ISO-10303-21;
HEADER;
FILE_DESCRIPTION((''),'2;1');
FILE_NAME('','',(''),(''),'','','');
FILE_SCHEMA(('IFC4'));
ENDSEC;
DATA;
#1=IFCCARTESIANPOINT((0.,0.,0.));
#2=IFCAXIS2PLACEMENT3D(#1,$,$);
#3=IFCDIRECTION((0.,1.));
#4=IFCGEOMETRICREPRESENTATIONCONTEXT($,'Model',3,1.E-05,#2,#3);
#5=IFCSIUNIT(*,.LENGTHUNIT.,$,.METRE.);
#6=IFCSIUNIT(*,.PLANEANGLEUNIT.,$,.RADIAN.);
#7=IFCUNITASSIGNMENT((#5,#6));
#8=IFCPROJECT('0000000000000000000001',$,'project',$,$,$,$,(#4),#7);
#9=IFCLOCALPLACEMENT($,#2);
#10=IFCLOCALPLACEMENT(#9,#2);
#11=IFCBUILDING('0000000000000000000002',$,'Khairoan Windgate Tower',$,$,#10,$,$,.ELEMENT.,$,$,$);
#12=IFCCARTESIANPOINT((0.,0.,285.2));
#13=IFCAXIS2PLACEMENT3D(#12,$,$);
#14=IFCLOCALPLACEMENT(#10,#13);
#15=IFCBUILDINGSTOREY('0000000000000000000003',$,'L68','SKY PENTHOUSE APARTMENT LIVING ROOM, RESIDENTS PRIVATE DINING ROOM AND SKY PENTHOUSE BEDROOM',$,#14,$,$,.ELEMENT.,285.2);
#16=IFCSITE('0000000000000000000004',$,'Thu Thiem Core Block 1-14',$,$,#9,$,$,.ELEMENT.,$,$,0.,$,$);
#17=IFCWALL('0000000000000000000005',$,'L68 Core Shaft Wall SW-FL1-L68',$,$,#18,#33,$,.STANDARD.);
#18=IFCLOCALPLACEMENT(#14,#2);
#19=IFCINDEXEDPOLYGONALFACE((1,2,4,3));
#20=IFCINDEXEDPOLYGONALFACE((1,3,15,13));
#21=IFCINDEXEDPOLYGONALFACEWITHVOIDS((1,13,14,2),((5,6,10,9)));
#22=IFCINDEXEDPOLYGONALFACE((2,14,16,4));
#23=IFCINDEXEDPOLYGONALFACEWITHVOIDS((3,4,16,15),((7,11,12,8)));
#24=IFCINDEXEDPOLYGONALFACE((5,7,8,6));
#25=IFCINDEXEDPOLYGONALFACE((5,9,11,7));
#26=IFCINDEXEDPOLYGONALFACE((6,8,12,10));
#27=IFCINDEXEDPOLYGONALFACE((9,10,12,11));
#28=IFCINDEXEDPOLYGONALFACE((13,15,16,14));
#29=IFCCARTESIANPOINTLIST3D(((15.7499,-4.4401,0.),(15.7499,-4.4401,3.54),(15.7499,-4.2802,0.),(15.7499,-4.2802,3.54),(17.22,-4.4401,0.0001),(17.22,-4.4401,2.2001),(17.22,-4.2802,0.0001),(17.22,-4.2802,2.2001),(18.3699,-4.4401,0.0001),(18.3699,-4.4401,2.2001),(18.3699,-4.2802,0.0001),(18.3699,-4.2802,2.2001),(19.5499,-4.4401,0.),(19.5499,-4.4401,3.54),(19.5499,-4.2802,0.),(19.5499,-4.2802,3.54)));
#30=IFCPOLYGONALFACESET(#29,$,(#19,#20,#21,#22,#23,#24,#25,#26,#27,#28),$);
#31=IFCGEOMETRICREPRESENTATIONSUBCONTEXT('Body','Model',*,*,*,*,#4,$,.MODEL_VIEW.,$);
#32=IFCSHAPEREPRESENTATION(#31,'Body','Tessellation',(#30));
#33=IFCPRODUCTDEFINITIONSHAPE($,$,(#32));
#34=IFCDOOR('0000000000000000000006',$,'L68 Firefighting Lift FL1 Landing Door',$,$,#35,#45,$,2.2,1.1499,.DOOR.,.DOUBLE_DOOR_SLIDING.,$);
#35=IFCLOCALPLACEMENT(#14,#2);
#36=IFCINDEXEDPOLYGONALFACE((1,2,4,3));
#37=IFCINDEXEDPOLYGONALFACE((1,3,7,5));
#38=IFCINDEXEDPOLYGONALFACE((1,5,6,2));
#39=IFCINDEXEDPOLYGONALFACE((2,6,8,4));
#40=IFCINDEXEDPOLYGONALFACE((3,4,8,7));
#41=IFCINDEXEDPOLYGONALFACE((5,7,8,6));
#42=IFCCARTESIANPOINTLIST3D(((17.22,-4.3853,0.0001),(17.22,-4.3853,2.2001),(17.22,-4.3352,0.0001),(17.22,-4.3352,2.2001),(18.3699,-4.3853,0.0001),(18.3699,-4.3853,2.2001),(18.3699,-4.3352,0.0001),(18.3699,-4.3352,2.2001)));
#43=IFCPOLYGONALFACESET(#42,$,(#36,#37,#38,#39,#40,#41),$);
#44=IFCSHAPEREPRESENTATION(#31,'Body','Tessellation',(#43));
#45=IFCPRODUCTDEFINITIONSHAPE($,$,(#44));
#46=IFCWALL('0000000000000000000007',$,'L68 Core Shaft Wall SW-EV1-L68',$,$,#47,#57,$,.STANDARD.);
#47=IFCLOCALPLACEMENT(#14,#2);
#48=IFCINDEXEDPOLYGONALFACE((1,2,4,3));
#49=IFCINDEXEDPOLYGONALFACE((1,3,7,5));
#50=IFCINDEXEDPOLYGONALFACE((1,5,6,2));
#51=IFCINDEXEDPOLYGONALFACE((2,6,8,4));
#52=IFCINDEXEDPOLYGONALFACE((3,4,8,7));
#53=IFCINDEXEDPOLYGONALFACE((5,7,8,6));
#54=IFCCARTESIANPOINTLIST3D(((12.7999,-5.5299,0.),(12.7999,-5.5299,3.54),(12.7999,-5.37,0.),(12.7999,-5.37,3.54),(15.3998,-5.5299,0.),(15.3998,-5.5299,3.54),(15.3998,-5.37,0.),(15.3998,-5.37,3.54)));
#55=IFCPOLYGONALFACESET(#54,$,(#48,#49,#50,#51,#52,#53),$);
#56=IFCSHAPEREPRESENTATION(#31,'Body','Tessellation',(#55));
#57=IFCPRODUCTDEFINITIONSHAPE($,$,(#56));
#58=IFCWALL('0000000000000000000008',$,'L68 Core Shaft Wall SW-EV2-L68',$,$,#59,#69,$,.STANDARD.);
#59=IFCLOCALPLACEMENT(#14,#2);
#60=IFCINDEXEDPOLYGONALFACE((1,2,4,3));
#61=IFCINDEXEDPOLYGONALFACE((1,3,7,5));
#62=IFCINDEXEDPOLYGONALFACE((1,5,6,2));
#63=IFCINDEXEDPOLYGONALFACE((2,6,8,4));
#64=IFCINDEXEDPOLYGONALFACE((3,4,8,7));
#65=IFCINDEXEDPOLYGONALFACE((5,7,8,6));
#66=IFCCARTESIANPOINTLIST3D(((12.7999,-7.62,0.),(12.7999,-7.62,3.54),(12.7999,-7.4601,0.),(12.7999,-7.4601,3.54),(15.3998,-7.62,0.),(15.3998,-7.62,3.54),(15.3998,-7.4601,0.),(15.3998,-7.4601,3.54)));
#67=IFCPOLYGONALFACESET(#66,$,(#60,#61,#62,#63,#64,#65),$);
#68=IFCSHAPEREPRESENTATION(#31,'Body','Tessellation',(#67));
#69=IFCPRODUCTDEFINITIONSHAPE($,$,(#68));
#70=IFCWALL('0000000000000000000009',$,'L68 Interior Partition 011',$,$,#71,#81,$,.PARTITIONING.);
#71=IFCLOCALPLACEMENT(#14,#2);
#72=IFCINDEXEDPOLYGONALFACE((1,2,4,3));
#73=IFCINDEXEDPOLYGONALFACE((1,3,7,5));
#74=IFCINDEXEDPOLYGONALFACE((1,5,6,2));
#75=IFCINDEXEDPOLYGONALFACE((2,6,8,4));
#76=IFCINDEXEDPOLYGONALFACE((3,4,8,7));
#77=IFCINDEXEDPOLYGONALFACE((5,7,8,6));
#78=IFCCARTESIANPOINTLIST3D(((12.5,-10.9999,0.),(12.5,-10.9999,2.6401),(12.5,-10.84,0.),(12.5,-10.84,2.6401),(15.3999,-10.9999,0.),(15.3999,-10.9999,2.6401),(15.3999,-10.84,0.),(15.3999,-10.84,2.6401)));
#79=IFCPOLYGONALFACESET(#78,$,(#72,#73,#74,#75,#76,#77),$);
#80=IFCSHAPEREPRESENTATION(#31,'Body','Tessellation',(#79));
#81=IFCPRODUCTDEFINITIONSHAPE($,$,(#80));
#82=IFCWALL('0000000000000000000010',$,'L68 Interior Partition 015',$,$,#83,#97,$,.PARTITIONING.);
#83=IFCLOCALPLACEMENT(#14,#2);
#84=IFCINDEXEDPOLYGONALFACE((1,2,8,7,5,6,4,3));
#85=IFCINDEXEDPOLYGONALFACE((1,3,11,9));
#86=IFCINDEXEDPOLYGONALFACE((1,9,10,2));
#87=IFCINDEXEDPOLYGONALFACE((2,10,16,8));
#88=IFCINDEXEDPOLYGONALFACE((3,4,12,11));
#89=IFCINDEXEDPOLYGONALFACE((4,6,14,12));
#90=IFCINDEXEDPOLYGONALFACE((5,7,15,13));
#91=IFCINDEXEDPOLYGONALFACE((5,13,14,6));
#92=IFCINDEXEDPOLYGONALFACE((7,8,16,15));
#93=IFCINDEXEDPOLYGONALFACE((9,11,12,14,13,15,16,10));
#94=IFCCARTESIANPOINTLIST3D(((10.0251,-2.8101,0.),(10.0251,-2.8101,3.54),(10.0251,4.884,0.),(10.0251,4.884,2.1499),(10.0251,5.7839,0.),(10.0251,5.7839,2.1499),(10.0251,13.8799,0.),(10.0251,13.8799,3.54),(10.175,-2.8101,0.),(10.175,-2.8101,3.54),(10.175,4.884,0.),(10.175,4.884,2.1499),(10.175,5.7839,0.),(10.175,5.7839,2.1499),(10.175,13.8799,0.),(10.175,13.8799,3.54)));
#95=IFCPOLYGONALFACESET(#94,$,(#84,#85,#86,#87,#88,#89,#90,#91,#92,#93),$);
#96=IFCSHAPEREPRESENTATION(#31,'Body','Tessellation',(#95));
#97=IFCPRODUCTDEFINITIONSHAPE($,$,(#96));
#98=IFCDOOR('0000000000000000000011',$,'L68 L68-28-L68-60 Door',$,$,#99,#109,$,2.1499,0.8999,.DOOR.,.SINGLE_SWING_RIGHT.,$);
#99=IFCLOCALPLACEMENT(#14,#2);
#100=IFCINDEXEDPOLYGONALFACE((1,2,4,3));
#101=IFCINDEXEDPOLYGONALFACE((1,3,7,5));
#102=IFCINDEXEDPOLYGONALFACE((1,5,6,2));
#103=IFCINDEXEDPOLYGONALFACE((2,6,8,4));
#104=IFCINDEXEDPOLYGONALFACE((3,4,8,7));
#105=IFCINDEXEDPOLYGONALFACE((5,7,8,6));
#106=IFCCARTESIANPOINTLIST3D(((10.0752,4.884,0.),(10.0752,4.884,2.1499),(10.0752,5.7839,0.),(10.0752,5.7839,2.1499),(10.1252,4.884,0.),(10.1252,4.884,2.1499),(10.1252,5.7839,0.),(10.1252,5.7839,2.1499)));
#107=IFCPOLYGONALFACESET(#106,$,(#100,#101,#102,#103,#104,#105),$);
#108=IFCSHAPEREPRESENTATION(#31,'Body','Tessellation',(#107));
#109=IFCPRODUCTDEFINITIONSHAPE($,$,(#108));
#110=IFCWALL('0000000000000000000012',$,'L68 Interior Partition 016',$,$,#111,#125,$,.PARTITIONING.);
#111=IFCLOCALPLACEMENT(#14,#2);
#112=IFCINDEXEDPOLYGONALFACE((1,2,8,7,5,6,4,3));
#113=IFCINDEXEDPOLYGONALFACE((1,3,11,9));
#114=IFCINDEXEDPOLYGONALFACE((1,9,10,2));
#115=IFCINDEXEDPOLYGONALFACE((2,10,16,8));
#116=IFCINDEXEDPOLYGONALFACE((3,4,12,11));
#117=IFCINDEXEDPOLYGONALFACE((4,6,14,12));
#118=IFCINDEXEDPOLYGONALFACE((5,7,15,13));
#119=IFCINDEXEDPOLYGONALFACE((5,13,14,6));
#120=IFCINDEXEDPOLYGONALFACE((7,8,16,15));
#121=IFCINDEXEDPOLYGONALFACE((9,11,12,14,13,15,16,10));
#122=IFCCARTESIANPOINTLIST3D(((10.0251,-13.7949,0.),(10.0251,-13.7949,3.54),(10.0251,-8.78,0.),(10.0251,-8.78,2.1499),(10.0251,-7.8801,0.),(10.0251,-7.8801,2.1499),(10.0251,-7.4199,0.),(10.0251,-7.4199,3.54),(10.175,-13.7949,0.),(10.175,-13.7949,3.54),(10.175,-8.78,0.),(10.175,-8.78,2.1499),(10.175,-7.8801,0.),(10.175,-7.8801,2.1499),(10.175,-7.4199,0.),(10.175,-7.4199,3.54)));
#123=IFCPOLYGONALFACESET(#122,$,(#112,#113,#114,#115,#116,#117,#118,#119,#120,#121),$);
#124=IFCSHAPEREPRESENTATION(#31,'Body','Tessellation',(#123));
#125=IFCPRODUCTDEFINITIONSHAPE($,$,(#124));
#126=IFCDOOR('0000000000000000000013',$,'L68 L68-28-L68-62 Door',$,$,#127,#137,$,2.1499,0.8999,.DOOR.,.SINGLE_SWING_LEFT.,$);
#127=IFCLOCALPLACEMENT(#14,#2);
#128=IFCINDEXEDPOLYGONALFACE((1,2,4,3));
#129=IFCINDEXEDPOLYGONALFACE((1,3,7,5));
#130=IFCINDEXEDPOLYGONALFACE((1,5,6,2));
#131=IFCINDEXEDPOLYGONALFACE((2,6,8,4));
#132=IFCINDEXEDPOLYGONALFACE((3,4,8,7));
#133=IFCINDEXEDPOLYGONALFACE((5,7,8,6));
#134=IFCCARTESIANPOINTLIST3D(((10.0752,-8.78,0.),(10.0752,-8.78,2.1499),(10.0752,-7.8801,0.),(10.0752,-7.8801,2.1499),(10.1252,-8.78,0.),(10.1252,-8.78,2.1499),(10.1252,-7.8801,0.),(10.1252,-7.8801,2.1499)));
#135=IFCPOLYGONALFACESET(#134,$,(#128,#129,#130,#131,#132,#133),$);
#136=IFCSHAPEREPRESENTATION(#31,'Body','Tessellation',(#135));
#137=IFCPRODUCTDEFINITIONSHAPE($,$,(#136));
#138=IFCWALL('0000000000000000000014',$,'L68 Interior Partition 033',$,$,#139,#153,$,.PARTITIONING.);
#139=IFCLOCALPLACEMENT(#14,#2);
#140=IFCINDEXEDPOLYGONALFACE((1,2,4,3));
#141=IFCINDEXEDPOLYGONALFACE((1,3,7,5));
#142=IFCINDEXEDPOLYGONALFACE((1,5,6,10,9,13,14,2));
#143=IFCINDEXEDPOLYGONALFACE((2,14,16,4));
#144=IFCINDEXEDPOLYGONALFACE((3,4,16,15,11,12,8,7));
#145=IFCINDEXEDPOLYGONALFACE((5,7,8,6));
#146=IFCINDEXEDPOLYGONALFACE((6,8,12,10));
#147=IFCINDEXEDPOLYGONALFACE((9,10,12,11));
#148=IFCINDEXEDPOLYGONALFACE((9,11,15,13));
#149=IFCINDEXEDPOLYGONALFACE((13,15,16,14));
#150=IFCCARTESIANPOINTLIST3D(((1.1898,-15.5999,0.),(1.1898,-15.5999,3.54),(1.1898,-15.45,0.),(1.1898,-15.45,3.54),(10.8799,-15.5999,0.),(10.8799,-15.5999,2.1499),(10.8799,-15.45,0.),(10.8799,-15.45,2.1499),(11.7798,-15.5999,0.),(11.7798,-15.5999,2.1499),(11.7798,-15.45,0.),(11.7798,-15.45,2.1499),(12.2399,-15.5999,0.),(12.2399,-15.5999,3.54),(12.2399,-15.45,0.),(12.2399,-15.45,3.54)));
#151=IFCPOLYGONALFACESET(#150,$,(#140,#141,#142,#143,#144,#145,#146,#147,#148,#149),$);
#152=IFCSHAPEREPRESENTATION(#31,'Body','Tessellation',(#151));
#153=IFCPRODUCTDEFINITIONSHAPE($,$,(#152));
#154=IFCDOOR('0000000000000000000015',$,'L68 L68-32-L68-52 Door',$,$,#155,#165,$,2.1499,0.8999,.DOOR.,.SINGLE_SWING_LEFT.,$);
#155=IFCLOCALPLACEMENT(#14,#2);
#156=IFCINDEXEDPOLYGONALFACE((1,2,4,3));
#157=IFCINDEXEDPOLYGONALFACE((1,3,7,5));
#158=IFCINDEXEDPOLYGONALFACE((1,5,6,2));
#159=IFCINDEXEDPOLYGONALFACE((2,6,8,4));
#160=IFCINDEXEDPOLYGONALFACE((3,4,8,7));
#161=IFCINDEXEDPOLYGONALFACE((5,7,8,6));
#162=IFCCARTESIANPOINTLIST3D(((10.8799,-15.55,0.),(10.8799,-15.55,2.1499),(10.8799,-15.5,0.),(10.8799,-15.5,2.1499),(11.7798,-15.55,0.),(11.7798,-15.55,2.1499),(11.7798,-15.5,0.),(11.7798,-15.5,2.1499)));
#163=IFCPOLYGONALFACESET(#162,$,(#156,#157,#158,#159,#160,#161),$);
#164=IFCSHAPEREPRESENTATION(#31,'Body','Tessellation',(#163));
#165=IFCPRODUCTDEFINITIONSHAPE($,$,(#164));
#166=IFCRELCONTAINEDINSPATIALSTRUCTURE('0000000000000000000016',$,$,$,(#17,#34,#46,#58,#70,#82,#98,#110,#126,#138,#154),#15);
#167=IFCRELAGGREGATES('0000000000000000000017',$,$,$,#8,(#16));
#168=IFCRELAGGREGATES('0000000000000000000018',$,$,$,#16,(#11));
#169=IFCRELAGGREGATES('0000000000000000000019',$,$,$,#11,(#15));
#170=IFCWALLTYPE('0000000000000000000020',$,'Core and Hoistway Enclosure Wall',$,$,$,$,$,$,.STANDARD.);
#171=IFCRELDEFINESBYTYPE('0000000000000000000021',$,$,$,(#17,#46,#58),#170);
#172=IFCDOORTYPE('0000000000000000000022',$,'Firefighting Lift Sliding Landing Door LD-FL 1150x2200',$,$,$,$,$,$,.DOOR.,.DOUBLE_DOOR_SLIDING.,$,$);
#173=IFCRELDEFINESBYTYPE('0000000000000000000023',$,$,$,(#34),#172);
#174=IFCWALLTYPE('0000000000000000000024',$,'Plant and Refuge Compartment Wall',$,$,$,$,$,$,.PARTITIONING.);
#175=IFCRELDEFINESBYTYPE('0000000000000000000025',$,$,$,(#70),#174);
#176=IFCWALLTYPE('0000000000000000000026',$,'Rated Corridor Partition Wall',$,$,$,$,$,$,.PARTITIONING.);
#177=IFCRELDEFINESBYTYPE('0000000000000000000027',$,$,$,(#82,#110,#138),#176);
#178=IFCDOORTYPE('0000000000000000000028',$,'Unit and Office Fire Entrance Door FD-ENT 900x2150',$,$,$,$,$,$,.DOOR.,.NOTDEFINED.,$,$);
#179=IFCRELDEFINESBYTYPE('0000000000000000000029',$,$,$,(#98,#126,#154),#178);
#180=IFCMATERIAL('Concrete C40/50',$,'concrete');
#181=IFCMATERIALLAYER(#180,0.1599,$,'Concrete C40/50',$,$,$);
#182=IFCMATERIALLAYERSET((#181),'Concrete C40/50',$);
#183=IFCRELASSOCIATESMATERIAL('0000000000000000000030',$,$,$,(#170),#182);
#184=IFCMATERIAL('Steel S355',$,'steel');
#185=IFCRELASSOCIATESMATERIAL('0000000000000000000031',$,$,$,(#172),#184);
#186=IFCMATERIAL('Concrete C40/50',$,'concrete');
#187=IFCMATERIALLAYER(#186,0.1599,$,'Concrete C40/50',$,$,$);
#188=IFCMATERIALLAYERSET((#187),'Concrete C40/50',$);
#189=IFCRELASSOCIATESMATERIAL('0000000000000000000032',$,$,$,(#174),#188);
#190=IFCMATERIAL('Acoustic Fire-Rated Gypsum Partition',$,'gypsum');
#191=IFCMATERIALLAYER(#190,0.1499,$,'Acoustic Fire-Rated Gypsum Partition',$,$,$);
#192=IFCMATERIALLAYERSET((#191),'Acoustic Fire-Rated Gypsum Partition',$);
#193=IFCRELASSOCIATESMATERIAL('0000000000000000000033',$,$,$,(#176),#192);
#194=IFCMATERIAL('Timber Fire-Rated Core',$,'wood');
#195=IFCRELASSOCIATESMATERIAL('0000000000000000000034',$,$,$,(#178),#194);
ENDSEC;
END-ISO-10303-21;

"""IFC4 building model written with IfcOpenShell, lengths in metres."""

from ifc_helpers import new_model, si_unit, direction, frame, frame_2d, origin, place, context, subcontext, project, spatial, rectangle, extrude, material, layer, layer_set, type_object, element, fill, save


model = new_model("IFC4")

# Units and contexts
model_context = context("Model", 3, precision=1e-05, world=origin(), true_north=direction((0.0, 1.0)))
body_context = subcontext(model_context, "Body", "Model", "MODEL_VIEW")
ifc_project = project(units=[si_unit("LENGTHUNIT", "METRE"), si_unit("PLANEANGLEUNIT", "RADIAN")], contexts=[model_context])

# Site, building, storey
site_placement = place(None, origin())
site = spatial("IfcSite", under=ifc_project, at=site_placement, Name="Thu Thiem Core Block 1-14", CompositionType="ELEMENT", RefElevation=0.0)
building_placement = place(site_placement, origin())
building = spatial("IfcBuilding", under=site, at=building_placement, Name="Khairoan Windgate Tower", CompositionType="ELEMENT")
storey_placement = place(building_placement, frame((0.0, 0.0, 285.2)))
storey = spatial("IfcBuildingStorey", under=building, at=storey_placement, Name="L68", Description="SKY PENTHOUSE APARTMENT LIVING ROOM, RESIDENTS PRIVATE DINING ROOM AND SKY PENTHOUSE BEDROOM", CompositionType="ELEMENT", Elevation=285.2)

# Shared definitions
ifc_material_1 = material(Name="Concrete C40/50", Category="concrete")
ifc_layer_1 = layer(ifc_material_1, 0.1599, Name="Concrete C40/50")
ifc_layer_set_1 = layer_set([ifc_layer_1], Name="Concrete C40/50")
wall_type_1 = type_object("IfcWallType", Name="Core and Hoistway Enclosure Wall", PredefinedType="STANDARD", material=ifc_layer_set_1)

# Wall, opening, door
wall_1_placement = place(storey_placement, frame((15.75, -4.3601, 0.0), z_axis=(0.0, 0.0, 1.0), x_axis=(1.0, 0.0, 0.0)))
wall_1 = element("IfcWall", 1, at=wall_1_placement, inside=storey, type_object=wall_type_1, Name="L68 Core Shaft Wall SW-FL1-L68", PredefinedType="STANDARD", context=body_context, shape_type="SweptSolid", body=[
    extrude(rectangle(XDim=3.8, YDim=0.1599, at=frame_2d((1.8999, 0.0))), origin(), (0.0, 0.0, 1.0), 3.54),
])
opening_1_placement = place(wall_1_placement, frame((1.47, 0.0, 0.0)))
opening_1 = element("IfcOpeningElement", 2, at=opening_1_placement, cuts=wall_1, PredefinedType="OPENING", context=body_context, shape_type="SweptSolid", body=[
    extrude(rectangle(XDim=1.1499, YDim=2.2, at=frame_2d((0.575, 1.1001))), frame((0.0, 0.0898, 0.0), z_axis=(0.0, -1.0, 0.0), x_axis=(1.0, 0.0, 0.0)), (0.0, 0.0, 1.0), 0.1799),
])
ifc_material_2 = material(Name="Steel S355", Category="steel")
door_type_1 = type_object("IfcDoorType", Name="Firefighting Lift Sliding Landing Door LD-FL 1150x2200", OperationType="DOUBLE_DOOR_SLIDING", PredefinedType="DOOR", material=ifc_material_2)
door_1_placement = place(opening_1_placement, origin())
door_1 = element("IfcDoor", 3, at=door_1_placement, inside=storey, type_object=door_type_1, Name="L68 Firefighting Lift FL1 Landing Door", OperationType="DOUBLE_DOOR_SLIDING", OverallHeight=2.2, OverallWidth=1.1499, PredefinedType="DOOR", context=body_context, shape_type="SweptSolid", body=[
    extrude(rectangle(XDim=1.1499, YDim=2.2, at=frame_2d((0.575, 1.1001))), frame((0.0, 0.0249, 0.0), z_axis=(0.0, -1.0, 0.0), x_axis=(1.0, 0.0, 0.0)), (0.0, 0.0, 1.0), 0.05),
])
fill(opening_1, door_1)

# Walls
for number, where, z_axis, x_axis, name in (
    (4, (12.8, -5.45, 0.0), (0.0, 0.0, 1.0), (1.0, 0.0, 0.0), "L68 Core Shaft Wall SW-EV1-L68"),
    (5, (12.8, -7.54, 0.0), (0.0, 0.0, 1.0), (1.0, 0.0, 0.0), "L68 Core Shaft Wall SW-EV2-L68"),
):
    element("IfcWall", number, at=place(storey_placement, frame(where, z_axis=z_axis, x_axis=x_axis)), inside=storey, type_object=wall_type_1, Name=name, PredefinedType="STANDARD", context=body_context, shape_type="SweptSolid", body=[
        extrude(rectangle(XDim=2.5999, YDim=0.1599, at=frame_2d((1.2998, 0.0))), origin(), (0.0, 0.0, 1.0), 3.54),
    ])
ifc_material_3 = material(Name="Concrete C40/50", Category="concrete")
ifc_layer_2 = layer(ifc_material_3, 0.1599, Name="Concrete C40/50")
ifc_layer_set_2 = layer_set([ifc_layer_2], Name="Concrete C40/50")
wall_type_2 = type_object("IfcWallType", Name="Plant and Refuge Compartment Wall", PredefinedType="PARTITIONING", material=ifc_layer_set_2)
wall_2_placement = place(storey_placement, frame((12.5, -10.9199, 0.0), z_axis=(0.0, 0.0, 1.0), x_axis=(1.0, 0.0, 0.0)))
element("IfcWall", 6, at=wall_2_placement, inside=storey, type_object=wall_type_2, Name="L68 Interior Partition 011", PredefinedType="PARTITIONING", context=body_context, shape_type="SweptSolid", body=[
    extrude(rectangle(XDim=2.8999, YDim=0.1599, at=frame_2d((1.45, 0.0))), origin(), (0.0, 0.0, 1.0), 2.6401),
])

# Walls, openings, doors
ifc_material_4 = material(Name="Acoustic Fire-Rated Gypsum Partition", Category="gypsum")
ifc_layer_3 = layer(ifc_material_4, 0.1499, Name="Acoustic Fire-Rated Gypsum Partition")
ifc_layer_set_3 = layer_set([ifc_layer_3], Name="Acoustic Fire-Rated Gypsum Partition")
wall_type_3 = type_object("IfcWallType", Name="Rated Corridor Partition Wall", PredefinedType="PARTITIONING", material=ifc_layer_set_3)
wall_3_placement = place(storey_placement, frame((10.1001, -2.8101, 0.0), z_axis=(0.0, 0.0, 1.0), x_axis=(0.0, 1.0, 0.0)))
wall_3 = element("IfcWall", 7, at=wall_3_placement, inside=storey, type_object=wall_type_3, Name="L68 Interior Partition 015", PredefinedType="PARTITIONING", context=body_context, shape_type="SweptSolid", body=[
    extrude(rectangle(XDim=16.6899, YDim=0.1499, at=frame_2d((8.345, 0.0))), origin(), (0.0, 0.0, 1.0), 3.54),
])
opening_2_placement = place(wall_3_placement, frame((7.6941, 0.0, 0.0)))
opening_2 = element("IfcOpeningElement", 8, at=opening_2_placement, cuts=wall_3, PredefinedType="OPENING", context=body_context, shape_type="SweptSolid", body=[
    extrude(rectangle(XDim=0.8999, YDim=2.1499, at=frame_2d((0.45, 1.075))), frame((0.0, 0.085, 0.0), z_axis=(0.0, -1.0, 0.0), x_axis=(1.0, 0.0, 0.0)), (0.0, 0.0, 1.0), 0.1699),
])
ifc_material_5 = material(Name="Timber Fire-Rated Core", Category="wood")
door_type_2 = type_object("IfcDoorType", Name="Unit and Office Fire Entrance Door FD-ENT 900x2150", OperationType="NOTDEFINED", PredefinedType="DOOR", material=ifc_material_5)
door_2_placement = place(opening_2_placement, origin())
door_2 = element("IfcDoor", 9, at=door_2_placement, inside=storey, type_object=door_type_2, Name="L68 L68-28-L68-60 Door", OperationType="SINGLE_SWING_RIGHT", OverallHeight=2.1499, OverallWidth=0.8999, PredefinedType="DOOR", context=body_context, shape_type="SweptSolid", body=[
    extrude(rectangle(XDim=0.8999, YDim=2.1499, at=frame_2d((0.45, 1.075))), frame((0.0, 0.0249, 0.0), z_axis=(0.0, -1.0, 0.0), x_axis=(1.0, 0.0, 0.0)), (0.0, 0.0, 1.0), 0.05),
])
fill(opening_2, door_2)
wall_4_placement = place(storey_placement, frame((10.1001, -13.7949, 0.0), z_axis=(0.0, 0.0, 1.0), x_axis=(0.0, 1.0, 0.0)))
wall_4 = element("IfcWall", 10, at=wall_4_placement, inside=storey, type_object=wall_type_3, Name="L68 Interior Partition 016", PredefinedType="PARTITIONING", context=body_context, shape_type="SweptSolid", body=[
    extrude(rectangle(XDim=6.375, YDim=0.1499, at=frame_2d((3.1875, 0.0))), origin(), (0.0, 0.0, 1.0), 3.54),
])
opening_3_placement = place(wall_4_placement, frame((5.0149, 0.0, 0.0)))
opening_3 = element("IfcOpeningElement", 11, at=opening_3_placement, cuts=wall_4, PredefinedType="OPENING", context=body_context, shape_type="SweptSolid", body=[
    extrude(rectangle(XDim=0.8999, YDim=2.1499, at=frame_2d((0.45, 1.075))), frame((0.0, 0.085, 0.0), z_axis=(0.0, -1.0, 0.0), x_axis=(1.0, 0.0, 0.0)), (0.0, 0.0, 1.0), 0.1699),
])
door_3_placement = place(opening_3_placement, origin())
door_3 = element("IfcDoor", 12, at=door_3_placement, inside=storey, type_object=door_type_2, Name="L68 L68-28-L68-62 Door", OperationType="SINGLE_SWING_LEFT", OverallHeight=2.1499, OverallWidth=0.8999, PredefinedType="DOOR", context=body_context, shape_type="SweptSolid", body=[
    extrude(rectangle(XDim=0.8999, YDim=2.1499, at=frame_2d((0.45, 1.075))), frame((0.0, 0.0249, 0.0), z_axis=(0.0, -1.0, 0.0), x_axis=(1.0, 0.0, 0.0)), (0.0, 0.0, 1.0), 0.05),
])
fill(opening_3, door_3)
wall_5_placement = place(storey_placement, frame((1.1899, -15.5249, 0.0), z_axis=(0.0, 0.0, 1.0), x_axis=(1.0, 0.0, 0.0)))
wall_5 = element("IfcWall", 13, at=wall_5_placement, inside=storey, type_object=wall_type_3, Name="L68 Interior Partition 033", PredefinedType="PARTITIONING", context=body_context, shape_type="SweptSolid", body=[
    extrude(rectangle(XDim=11.05, YDim=0.1499, at=frame_2d((5.5249, 0.0))), origin(), (0.0, 0.0, 1.0), 3.54),
])
opening_4_placement = place(wall_5_placement, frame((9.6899, 0.0, 0.0)))
opening_4 = element("IfcOpeningElement", 14, at=opening_4_placement, cuts=wall_5, PredefinedType="OPENING", context=body_context, shape_type="SweptSolid", body=[
    extrude(rectangle(XDim=0.8999, YDim=2.1499, at=frame_2d((0.45, 1.075))), frame((0.0, 0.085, 0.0), z_axis=(0.0, -1.0, 0.0), x_axis=(1.0, 0.0, 0.0)), (0.0, 0.0, 1.0), 0.1699),
])
door_4_placement = place(opening_4_placement, origin())
door_4 = element("IfcDoor", 15, at=door_4_placement, inside=storey, type_object=door_type_2, Name="L68 L68-32-L68-52 Door", OperationType="SINGLE_SWING_LEFT", OverallHeight=2.1499, OverallWidth=0.8999, PredefinedType="DOOR", context=body_context, shape_type="SweptSolid", body=[
    extrude(rectangle(XDim=0.8999, YDim=2.1499, at=frame_2d((0.45, 1.075))), frame((0.0, 0.0249, 0.0), z_axis=(0.0, -1.0, 0.0), x_axis=(1.0, 0.0, 0.0)), (0.0, 0.0, 1.0), 0.05),
])
fill(opening_4, door_4)

save(model, "model.ifc")
